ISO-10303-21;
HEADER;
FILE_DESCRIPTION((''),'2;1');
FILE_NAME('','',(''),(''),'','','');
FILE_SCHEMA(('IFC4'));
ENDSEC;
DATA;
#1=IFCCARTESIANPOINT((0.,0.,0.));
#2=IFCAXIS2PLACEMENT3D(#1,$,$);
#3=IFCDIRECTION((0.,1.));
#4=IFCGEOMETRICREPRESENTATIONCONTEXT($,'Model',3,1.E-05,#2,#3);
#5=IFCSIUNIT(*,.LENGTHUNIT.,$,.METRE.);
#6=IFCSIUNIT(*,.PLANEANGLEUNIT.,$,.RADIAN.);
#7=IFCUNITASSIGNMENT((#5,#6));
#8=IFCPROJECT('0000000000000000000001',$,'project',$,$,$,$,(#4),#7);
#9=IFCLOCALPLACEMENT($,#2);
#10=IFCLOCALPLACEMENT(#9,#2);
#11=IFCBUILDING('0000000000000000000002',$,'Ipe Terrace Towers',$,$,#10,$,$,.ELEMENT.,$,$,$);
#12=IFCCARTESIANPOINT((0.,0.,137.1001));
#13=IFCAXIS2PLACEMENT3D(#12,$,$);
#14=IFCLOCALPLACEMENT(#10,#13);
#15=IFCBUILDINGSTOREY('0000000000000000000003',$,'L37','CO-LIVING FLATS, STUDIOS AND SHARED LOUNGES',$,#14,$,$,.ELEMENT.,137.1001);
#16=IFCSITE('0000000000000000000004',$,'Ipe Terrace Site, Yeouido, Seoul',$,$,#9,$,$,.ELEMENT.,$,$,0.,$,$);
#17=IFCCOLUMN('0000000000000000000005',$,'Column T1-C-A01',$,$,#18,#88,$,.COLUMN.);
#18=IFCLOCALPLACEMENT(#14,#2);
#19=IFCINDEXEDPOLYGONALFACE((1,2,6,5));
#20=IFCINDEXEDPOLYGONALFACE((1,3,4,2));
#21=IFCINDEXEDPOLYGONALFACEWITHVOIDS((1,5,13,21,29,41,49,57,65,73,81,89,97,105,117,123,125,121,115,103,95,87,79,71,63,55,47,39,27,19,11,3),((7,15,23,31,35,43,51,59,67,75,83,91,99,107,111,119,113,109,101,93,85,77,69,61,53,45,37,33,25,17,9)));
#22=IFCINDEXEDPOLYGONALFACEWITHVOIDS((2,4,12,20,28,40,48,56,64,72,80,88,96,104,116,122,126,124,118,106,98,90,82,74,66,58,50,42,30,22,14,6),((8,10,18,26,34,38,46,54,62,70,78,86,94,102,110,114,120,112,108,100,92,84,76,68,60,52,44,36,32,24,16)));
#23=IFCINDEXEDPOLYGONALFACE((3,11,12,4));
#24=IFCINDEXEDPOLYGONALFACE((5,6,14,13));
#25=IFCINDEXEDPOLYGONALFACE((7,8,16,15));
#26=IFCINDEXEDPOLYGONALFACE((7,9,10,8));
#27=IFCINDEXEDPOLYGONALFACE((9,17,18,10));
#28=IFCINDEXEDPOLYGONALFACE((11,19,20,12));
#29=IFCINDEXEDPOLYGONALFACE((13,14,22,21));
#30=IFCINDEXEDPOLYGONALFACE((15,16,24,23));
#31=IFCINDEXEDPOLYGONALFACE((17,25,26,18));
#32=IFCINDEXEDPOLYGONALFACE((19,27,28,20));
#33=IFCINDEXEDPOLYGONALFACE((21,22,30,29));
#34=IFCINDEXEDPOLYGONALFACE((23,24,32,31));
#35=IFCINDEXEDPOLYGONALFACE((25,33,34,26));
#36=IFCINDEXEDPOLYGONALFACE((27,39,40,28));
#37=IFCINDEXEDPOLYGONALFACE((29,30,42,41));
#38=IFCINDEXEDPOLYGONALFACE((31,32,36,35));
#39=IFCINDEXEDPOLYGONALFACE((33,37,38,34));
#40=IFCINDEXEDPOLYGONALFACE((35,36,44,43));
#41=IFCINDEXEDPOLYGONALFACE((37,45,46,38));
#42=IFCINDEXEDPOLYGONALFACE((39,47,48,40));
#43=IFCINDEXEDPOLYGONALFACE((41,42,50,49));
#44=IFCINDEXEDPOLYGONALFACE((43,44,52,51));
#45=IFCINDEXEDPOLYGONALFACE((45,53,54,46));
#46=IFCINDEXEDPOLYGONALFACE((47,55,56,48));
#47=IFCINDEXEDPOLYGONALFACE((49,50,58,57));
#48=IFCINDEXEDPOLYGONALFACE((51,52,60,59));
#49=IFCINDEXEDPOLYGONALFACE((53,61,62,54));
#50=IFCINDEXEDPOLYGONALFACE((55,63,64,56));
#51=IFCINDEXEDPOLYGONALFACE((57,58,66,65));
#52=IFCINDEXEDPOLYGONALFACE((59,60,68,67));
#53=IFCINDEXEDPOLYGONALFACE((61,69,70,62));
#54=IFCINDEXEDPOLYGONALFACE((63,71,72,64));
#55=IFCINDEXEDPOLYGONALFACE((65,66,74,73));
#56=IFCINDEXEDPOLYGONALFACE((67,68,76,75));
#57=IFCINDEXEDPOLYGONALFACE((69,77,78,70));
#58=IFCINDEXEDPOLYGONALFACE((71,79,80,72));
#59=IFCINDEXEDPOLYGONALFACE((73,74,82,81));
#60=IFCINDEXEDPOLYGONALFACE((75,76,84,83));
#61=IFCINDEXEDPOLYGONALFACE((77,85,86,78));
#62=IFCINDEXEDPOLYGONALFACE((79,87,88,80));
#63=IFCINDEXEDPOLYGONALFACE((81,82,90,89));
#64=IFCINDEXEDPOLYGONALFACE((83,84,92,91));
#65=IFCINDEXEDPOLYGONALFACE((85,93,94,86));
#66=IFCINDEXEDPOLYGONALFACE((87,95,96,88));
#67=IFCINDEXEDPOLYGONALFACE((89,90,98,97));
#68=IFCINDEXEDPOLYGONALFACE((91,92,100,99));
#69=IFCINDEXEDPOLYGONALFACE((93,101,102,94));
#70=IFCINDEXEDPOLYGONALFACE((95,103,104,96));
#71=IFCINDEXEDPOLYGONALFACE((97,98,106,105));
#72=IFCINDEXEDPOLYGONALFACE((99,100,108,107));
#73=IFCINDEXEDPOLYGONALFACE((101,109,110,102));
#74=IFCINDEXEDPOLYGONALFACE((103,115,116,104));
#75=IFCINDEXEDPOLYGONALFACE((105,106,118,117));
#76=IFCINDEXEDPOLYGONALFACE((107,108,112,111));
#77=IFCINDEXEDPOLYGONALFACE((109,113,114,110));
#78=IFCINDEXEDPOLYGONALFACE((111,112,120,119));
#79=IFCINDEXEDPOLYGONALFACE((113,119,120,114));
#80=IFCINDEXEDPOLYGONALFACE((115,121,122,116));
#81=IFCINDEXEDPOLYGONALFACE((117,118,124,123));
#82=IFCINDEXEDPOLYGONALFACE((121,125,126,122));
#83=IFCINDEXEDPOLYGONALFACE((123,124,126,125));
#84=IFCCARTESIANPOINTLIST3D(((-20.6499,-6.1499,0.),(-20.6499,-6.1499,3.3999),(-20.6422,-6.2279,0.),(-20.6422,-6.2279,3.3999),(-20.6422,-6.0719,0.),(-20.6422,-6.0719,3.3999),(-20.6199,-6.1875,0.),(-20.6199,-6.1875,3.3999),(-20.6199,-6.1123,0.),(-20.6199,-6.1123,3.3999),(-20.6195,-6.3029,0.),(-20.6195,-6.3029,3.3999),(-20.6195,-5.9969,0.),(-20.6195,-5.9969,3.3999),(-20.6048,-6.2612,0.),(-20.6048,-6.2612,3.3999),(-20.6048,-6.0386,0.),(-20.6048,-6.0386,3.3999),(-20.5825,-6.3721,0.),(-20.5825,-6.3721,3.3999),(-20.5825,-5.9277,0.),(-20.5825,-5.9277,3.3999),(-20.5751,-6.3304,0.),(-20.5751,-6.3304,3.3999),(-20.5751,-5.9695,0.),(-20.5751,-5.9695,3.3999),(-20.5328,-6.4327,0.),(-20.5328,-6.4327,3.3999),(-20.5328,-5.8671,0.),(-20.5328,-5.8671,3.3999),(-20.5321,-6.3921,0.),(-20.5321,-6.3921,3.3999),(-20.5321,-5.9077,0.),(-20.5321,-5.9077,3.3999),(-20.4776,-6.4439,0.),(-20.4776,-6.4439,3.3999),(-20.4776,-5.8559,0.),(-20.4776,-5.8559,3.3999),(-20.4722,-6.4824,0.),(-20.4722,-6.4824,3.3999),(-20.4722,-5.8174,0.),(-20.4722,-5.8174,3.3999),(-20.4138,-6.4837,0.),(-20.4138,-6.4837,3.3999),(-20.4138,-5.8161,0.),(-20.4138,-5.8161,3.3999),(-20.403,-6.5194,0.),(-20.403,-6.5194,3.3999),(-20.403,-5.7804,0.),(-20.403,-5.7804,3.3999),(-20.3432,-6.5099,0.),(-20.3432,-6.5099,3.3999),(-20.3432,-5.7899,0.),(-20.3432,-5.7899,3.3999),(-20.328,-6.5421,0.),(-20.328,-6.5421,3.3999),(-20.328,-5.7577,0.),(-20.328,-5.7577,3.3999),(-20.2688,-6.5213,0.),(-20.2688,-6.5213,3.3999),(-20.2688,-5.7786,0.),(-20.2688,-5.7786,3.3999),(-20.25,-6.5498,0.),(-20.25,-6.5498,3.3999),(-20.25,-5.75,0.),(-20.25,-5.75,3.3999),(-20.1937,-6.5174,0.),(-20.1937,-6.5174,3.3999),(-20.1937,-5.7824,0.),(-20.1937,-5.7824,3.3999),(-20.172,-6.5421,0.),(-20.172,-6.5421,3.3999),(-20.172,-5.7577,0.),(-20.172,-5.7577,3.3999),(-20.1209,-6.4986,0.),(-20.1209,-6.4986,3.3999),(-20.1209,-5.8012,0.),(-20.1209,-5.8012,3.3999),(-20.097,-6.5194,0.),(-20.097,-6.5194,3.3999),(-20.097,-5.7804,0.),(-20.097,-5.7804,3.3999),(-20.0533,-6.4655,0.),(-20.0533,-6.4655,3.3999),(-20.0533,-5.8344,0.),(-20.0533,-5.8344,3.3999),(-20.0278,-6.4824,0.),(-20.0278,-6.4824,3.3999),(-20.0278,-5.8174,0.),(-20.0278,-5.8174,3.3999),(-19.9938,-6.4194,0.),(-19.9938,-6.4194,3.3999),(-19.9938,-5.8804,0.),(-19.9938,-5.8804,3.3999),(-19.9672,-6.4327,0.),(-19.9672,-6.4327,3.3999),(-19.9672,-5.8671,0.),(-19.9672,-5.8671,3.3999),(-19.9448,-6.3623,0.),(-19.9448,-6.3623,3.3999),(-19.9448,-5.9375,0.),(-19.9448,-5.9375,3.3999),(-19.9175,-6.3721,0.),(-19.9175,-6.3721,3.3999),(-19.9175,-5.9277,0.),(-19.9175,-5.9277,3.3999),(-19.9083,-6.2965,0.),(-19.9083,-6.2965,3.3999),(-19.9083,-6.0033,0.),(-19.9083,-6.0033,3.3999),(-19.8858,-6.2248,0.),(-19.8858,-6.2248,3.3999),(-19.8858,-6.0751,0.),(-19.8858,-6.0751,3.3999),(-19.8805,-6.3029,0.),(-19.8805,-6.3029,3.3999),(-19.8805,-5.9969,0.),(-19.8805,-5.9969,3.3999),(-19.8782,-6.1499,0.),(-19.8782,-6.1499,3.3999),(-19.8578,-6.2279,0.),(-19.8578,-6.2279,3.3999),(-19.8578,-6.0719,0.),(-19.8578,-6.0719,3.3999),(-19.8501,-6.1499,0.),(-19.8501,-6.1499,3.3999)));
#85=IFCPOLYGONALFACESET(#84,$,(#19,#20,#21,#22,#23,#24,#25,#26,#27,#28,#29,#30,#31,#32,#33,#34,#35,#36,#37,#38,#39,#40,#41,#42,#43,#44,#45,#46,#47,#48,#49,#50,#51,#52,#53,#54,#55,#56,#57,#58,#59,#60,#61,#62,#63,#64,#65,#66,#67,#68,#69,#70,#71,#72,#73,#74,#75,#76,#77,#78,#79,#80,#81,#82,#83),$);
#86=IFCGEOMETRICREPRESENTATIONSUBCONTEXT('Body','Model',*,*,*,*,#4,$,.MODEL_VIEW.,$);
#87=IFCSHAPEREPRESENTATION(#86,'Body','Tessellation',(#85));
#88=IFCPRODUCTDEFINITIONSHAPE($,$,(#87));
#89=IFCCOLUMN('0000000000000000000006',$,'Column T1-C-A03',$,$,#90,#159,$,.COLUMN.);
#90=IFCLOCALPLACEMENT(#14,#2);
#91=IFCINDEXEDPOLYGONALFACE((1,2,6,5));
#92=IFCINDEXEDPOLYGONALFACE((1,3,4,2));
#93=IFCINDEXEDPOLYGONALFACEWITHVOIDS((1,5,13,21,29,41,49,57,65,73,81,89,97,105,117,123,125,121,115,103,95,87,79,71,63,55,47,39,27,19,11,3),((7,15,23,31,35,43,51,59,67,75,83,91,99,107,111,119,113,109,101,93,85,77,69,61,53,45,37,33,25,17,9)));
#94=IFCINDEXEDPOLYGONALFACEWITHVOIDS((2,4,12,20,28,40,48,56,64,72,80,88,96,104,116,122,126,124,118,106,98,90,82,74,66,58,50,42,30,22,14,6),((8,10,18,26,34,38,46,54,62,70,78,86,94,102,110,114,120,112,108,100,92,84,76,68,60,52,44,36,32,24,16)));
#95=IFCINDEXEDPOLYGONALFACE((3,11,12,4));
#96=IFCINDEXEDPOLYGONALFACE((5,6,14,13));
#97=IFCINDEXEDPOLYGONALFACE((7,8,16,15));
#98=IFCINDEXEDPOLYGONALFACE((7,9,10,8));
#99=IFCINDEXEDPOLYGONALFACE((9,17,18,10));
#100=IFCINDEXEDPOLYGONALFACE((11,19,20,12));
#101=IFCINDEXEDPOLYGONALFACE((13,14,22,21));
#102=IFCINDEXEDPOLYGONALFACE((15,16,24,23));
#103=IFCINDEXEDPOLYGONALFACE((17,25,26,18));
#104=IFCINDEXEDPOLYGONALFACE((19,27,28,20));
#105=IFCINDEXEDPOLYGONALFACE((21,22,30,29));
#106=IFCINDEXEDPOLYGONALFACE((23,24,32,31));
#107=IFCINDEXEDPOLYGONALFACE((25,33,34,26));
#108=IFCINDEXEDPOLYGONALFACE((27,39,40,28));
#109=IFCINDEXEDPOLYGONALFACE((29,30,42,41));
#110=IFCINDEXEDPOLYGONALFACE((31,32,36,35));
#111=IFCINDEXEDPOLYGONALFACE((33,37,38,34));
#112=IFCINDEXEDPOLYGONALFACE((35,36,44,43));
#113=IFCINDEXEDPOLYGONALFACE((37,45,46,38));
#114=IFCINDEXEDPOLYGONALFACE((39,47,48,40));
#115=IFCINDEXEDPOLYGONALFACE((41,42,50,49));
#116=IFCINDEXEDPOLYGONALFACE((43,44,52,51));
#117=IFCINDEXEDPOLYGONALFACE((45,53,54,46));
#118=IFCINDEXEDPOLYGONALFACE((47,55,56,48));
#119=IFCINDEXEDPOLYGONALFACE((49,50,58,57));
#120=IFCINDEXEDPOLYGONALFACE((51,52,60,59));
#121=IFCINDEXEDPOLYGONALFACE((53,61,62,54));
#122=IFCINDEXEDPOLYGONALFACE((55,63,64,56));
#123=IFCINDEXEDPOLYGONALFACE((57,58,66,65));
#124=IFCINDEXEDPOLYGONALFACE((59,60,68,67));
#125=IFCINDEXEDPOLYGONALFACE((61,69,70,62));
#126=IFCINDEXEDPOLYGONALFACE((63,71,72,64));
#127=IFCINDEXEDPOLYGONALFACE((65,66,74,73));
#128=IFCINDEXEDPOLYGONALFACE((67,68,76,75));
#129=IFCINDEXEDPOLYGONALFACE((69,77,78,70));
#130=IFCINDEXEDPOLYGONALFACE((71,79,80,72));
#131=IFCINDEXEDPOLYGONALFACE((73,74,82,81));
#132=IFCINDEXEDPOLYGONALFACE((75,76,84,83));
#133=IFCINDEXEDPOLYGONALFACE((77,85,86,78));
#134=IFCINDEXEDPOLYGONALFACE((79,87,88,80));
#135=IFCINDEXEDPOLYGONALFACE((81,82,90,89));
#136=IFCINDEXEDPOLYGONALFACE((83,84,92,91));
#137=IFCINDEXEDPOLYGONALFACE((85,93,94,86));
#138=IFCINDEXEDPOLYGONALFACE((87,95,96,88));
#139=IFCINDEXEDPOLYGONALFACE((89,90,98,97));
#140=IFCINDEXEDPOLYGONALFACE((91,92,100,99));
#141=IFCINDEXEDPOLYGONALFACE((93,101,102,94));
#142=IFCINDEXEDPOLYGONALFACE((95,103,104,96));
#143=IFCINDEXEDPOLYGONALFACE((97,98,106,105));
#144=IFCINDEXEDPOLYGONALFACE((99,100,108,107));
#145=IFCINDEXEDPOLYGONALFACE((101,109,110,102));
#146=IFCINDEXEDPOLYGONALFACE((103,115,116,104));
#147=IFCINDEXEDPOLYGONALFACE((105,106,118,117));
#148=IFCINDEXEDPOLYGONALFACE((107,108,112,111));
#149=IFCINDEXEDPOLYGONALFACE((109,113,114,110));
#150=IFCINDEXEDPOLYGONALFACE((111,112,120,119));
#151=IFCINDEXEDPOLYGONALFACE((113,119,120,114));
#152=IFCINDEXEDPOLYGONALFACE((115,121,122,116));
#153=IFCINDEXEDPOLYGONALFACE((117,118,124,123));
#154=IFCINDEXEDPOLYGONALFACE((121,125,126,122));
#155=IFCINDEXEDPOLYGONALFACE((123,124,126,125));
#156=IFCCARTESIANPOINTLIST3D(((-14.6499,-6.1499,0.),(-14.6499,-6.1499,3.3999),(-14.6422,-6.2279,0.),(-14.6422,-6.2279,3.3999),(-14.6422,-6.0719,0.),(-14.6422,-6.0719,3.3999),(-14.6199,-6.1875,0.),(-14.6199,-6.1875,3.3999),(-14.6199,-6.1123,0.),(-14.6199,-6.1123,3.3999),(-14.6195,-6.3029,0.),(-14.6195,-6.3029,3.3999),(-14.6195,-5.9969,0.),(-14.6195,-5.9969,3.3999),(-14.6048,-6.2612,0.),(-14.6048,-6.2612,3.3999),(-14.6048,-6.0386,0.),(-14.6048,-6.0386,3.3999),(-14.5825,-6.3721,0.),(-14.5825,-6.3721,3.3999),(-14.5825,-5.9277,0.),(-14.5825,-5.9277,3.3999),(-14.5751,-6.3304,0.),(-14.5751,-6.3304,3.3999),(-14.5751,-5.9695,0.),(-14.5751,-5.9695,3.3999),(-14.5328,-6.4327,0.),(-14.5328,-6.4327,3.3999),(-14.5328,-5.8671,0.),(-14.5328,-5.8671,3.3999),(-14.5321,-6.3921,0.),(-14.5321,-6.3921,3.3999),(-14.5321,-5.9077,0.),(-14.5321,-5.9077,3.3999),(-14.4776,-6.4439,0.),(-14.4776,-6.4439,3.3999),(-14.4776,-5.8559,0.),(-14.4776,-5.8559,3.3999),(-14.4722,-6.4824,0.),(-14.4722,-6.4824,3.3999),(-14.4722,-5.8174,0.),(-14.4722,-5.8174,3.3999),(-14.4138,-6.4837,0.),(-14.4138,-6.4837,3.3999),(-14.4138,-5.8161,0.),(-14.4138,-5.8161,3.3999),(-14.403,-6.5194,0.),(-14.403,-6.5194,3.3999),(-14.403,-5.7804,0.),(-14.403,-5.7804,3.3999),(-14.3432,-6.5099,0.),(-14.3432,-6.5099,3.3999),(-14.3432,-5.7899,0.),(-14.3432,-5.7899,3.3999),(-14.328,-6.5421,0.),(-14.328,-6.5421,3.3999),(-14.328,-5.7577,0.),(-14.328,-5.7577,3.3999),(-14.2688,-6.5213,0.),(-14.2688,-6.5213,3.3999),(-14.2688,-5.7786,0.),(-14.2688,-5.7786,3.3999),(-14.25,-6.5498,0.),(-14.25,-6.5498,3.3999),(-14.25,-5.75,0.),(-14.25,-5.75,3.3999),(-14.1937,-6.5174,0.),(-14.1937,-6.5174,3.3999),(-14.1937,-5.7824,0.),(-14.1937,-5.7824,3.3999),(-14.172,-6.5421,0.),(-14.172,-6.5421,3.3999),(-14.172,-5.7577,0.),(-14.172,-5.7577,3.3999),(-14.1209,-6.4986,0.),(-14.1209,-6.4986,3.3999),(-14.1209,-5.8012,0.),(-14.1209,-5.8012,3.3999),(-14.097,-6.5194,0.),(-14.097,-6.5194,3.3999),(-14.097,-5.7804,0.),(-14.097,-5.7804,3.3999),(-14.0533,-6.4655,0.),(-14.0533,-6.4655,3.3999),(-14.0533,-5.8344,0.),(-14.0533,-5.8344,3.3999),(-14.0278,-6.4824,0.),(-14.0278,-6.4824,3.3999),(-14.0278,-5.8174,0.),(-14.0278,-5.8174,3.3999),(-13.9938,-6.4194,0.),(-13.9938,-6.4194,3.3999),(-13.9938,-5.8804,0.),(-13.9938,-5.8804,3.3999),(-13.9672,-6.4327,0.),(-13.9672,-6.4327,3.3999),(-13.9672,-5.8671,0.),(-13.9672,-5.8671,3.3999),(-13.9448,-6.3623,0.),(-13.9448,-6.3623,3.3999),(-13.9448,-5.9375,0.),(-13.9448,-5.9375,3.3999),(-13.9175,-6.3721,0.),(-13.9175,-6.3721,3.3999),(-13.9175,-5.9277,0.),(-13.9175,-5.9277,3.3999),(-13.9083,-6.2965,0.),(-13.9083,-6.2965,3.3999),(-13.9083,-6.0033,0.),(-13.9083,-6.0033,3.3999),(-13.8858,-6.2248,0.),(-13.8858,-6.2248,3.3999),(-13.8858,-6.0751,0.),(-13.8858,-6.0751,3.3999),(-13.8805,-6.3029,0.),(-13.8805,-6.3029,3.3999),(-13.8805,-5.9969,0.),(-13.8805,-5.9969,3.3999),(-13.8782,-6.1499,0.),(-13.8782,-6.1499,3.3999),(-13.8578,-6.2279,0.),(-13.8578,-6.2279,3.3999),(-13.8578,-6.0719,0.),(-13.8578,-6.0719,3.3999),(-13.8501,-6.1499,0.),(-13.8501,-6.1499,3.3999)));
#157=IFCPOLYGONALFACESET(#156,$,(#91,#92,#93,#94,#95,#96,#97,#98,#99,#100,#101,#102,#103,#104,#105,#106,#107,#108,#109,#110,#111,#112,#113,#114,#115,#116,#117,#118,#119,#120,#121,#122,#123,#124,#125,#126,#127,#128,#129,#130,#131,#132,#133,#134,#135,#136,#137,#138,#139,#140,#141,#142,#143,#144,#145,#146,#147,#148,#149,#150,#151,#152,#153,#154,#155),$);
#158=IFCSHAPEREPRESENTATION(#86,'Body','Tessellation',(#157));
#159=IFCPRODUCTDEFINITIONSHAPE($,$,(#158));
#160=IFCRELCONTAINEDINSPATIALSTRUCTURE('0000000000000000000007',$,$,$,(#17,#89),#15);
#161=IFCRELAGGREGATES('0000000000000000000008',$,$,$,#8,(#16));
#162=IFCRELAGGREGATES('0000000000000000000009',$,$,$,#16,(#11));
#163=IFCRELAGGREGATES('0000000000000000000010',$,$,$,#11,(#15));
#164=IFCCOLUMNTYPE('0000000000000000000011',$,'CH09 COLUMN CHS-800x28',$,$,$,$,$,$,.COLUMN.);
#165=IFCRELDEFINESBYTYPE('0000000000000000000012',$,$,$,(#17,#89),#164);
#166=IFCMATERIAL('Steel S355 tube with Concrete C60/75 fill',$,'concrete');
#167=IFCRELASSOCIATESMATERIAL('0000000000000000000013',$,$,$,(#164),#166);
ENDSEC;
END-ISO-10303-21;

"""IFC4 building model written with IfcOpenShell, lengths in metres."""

from ifc_helpers import new_model, si_unit, direction, frame, origin, origin_2d, place, context, subcontext, project, spatial, hollow_circle, extrude, material, material_profile, profile_set, type_object, element, save


model = new_model("IFC4")

# Units and contexts
model_context = context("Model", 3, precision=1e-05, world=origin(), true_north=direction((0.0, 1.0)))
body_context = subcontext(model_context, "Body", "Model", "MODEL_VIEW")
ifc_project = project(units=[si_unit("LENGTHUNIT", "METRE"), si_unit("PLANEANGLEUNIT", "RADIAN")], contexts=[model_context])

# Site, building, storey
site_placement = place(None, origin())
site = spatial("IfcSite", under=ifc_project, at=site_placement, Name="Ipe Terrace Site, Yeouido, Seoul", CompositionType="ELEMENT", RefElevation=0.0)
building_placement = place(site_placement, origin())
building = spatial("IfcBuilding", under=site, at=building_placement, Name="Ipe Terrace Towers", CompositionType="ELEMENT")
storey_placement = place(building_placement, frame((0.0, 0.0, 137.1001)))
storey = spatial("IfcBuildingStorey", under=building, at=storey_placement, Name="L37", Description="CO-LIVING FLATS, STUDIOS AND SHARED LOUNGES", CompositionType="ELEMENT", Elevation=137.1001)

# Columns
ifc_material_1 = material(Name="Steel S355 tube with Concrete C60/75 fill", Category="concrete")
ifc_material_profile_1 = material_profile(ifc_material_1, hollow_circle(Radius=0.3999, WallThickness=0.0281, at=origin_2d()), Name="CHS-800x28")
ifc_profile_set_1 = profile_set([ifc_material_profile_1], Name="Steel S355 tube with Concrete C60/75 fill")
column_type = type_object("IfcColumnType", Name="CH09 COLUMN CHS-800x28", PredefinedType="COLUMN", material=ifc_profile_set_1)
for number, where, z_axis, x_axis, name in (
    (1, (-20.25, -6.1499, 0.0), (0.0, 0.0, 1.0), (1.0, 0.0, 0.0), "Column T1-C-A01"),
    (2, (-14.25, -6.1499, 0.0), (0.0, 0.0, 1.0), (1.0, 0.0, 0.0), "Column T1-C-A03"),
):
    element("IfcColumn", number, at=place(storey_placement, frame(where, z_axis=z_axis, x_axis=x_axis)), inside=storey, type_object=column_type, Name=name, PredefinedType="COLUMN", context=body_context, shape_type="SweptSolid", body=[
        extrude(hollow_circle(Radius=0.3999, WallThickness=0.0281, at=origin_2d()), origin(), (0.0, 0.0, 1.0), 3.3999),
    ])

save(model, "model.ifc")
